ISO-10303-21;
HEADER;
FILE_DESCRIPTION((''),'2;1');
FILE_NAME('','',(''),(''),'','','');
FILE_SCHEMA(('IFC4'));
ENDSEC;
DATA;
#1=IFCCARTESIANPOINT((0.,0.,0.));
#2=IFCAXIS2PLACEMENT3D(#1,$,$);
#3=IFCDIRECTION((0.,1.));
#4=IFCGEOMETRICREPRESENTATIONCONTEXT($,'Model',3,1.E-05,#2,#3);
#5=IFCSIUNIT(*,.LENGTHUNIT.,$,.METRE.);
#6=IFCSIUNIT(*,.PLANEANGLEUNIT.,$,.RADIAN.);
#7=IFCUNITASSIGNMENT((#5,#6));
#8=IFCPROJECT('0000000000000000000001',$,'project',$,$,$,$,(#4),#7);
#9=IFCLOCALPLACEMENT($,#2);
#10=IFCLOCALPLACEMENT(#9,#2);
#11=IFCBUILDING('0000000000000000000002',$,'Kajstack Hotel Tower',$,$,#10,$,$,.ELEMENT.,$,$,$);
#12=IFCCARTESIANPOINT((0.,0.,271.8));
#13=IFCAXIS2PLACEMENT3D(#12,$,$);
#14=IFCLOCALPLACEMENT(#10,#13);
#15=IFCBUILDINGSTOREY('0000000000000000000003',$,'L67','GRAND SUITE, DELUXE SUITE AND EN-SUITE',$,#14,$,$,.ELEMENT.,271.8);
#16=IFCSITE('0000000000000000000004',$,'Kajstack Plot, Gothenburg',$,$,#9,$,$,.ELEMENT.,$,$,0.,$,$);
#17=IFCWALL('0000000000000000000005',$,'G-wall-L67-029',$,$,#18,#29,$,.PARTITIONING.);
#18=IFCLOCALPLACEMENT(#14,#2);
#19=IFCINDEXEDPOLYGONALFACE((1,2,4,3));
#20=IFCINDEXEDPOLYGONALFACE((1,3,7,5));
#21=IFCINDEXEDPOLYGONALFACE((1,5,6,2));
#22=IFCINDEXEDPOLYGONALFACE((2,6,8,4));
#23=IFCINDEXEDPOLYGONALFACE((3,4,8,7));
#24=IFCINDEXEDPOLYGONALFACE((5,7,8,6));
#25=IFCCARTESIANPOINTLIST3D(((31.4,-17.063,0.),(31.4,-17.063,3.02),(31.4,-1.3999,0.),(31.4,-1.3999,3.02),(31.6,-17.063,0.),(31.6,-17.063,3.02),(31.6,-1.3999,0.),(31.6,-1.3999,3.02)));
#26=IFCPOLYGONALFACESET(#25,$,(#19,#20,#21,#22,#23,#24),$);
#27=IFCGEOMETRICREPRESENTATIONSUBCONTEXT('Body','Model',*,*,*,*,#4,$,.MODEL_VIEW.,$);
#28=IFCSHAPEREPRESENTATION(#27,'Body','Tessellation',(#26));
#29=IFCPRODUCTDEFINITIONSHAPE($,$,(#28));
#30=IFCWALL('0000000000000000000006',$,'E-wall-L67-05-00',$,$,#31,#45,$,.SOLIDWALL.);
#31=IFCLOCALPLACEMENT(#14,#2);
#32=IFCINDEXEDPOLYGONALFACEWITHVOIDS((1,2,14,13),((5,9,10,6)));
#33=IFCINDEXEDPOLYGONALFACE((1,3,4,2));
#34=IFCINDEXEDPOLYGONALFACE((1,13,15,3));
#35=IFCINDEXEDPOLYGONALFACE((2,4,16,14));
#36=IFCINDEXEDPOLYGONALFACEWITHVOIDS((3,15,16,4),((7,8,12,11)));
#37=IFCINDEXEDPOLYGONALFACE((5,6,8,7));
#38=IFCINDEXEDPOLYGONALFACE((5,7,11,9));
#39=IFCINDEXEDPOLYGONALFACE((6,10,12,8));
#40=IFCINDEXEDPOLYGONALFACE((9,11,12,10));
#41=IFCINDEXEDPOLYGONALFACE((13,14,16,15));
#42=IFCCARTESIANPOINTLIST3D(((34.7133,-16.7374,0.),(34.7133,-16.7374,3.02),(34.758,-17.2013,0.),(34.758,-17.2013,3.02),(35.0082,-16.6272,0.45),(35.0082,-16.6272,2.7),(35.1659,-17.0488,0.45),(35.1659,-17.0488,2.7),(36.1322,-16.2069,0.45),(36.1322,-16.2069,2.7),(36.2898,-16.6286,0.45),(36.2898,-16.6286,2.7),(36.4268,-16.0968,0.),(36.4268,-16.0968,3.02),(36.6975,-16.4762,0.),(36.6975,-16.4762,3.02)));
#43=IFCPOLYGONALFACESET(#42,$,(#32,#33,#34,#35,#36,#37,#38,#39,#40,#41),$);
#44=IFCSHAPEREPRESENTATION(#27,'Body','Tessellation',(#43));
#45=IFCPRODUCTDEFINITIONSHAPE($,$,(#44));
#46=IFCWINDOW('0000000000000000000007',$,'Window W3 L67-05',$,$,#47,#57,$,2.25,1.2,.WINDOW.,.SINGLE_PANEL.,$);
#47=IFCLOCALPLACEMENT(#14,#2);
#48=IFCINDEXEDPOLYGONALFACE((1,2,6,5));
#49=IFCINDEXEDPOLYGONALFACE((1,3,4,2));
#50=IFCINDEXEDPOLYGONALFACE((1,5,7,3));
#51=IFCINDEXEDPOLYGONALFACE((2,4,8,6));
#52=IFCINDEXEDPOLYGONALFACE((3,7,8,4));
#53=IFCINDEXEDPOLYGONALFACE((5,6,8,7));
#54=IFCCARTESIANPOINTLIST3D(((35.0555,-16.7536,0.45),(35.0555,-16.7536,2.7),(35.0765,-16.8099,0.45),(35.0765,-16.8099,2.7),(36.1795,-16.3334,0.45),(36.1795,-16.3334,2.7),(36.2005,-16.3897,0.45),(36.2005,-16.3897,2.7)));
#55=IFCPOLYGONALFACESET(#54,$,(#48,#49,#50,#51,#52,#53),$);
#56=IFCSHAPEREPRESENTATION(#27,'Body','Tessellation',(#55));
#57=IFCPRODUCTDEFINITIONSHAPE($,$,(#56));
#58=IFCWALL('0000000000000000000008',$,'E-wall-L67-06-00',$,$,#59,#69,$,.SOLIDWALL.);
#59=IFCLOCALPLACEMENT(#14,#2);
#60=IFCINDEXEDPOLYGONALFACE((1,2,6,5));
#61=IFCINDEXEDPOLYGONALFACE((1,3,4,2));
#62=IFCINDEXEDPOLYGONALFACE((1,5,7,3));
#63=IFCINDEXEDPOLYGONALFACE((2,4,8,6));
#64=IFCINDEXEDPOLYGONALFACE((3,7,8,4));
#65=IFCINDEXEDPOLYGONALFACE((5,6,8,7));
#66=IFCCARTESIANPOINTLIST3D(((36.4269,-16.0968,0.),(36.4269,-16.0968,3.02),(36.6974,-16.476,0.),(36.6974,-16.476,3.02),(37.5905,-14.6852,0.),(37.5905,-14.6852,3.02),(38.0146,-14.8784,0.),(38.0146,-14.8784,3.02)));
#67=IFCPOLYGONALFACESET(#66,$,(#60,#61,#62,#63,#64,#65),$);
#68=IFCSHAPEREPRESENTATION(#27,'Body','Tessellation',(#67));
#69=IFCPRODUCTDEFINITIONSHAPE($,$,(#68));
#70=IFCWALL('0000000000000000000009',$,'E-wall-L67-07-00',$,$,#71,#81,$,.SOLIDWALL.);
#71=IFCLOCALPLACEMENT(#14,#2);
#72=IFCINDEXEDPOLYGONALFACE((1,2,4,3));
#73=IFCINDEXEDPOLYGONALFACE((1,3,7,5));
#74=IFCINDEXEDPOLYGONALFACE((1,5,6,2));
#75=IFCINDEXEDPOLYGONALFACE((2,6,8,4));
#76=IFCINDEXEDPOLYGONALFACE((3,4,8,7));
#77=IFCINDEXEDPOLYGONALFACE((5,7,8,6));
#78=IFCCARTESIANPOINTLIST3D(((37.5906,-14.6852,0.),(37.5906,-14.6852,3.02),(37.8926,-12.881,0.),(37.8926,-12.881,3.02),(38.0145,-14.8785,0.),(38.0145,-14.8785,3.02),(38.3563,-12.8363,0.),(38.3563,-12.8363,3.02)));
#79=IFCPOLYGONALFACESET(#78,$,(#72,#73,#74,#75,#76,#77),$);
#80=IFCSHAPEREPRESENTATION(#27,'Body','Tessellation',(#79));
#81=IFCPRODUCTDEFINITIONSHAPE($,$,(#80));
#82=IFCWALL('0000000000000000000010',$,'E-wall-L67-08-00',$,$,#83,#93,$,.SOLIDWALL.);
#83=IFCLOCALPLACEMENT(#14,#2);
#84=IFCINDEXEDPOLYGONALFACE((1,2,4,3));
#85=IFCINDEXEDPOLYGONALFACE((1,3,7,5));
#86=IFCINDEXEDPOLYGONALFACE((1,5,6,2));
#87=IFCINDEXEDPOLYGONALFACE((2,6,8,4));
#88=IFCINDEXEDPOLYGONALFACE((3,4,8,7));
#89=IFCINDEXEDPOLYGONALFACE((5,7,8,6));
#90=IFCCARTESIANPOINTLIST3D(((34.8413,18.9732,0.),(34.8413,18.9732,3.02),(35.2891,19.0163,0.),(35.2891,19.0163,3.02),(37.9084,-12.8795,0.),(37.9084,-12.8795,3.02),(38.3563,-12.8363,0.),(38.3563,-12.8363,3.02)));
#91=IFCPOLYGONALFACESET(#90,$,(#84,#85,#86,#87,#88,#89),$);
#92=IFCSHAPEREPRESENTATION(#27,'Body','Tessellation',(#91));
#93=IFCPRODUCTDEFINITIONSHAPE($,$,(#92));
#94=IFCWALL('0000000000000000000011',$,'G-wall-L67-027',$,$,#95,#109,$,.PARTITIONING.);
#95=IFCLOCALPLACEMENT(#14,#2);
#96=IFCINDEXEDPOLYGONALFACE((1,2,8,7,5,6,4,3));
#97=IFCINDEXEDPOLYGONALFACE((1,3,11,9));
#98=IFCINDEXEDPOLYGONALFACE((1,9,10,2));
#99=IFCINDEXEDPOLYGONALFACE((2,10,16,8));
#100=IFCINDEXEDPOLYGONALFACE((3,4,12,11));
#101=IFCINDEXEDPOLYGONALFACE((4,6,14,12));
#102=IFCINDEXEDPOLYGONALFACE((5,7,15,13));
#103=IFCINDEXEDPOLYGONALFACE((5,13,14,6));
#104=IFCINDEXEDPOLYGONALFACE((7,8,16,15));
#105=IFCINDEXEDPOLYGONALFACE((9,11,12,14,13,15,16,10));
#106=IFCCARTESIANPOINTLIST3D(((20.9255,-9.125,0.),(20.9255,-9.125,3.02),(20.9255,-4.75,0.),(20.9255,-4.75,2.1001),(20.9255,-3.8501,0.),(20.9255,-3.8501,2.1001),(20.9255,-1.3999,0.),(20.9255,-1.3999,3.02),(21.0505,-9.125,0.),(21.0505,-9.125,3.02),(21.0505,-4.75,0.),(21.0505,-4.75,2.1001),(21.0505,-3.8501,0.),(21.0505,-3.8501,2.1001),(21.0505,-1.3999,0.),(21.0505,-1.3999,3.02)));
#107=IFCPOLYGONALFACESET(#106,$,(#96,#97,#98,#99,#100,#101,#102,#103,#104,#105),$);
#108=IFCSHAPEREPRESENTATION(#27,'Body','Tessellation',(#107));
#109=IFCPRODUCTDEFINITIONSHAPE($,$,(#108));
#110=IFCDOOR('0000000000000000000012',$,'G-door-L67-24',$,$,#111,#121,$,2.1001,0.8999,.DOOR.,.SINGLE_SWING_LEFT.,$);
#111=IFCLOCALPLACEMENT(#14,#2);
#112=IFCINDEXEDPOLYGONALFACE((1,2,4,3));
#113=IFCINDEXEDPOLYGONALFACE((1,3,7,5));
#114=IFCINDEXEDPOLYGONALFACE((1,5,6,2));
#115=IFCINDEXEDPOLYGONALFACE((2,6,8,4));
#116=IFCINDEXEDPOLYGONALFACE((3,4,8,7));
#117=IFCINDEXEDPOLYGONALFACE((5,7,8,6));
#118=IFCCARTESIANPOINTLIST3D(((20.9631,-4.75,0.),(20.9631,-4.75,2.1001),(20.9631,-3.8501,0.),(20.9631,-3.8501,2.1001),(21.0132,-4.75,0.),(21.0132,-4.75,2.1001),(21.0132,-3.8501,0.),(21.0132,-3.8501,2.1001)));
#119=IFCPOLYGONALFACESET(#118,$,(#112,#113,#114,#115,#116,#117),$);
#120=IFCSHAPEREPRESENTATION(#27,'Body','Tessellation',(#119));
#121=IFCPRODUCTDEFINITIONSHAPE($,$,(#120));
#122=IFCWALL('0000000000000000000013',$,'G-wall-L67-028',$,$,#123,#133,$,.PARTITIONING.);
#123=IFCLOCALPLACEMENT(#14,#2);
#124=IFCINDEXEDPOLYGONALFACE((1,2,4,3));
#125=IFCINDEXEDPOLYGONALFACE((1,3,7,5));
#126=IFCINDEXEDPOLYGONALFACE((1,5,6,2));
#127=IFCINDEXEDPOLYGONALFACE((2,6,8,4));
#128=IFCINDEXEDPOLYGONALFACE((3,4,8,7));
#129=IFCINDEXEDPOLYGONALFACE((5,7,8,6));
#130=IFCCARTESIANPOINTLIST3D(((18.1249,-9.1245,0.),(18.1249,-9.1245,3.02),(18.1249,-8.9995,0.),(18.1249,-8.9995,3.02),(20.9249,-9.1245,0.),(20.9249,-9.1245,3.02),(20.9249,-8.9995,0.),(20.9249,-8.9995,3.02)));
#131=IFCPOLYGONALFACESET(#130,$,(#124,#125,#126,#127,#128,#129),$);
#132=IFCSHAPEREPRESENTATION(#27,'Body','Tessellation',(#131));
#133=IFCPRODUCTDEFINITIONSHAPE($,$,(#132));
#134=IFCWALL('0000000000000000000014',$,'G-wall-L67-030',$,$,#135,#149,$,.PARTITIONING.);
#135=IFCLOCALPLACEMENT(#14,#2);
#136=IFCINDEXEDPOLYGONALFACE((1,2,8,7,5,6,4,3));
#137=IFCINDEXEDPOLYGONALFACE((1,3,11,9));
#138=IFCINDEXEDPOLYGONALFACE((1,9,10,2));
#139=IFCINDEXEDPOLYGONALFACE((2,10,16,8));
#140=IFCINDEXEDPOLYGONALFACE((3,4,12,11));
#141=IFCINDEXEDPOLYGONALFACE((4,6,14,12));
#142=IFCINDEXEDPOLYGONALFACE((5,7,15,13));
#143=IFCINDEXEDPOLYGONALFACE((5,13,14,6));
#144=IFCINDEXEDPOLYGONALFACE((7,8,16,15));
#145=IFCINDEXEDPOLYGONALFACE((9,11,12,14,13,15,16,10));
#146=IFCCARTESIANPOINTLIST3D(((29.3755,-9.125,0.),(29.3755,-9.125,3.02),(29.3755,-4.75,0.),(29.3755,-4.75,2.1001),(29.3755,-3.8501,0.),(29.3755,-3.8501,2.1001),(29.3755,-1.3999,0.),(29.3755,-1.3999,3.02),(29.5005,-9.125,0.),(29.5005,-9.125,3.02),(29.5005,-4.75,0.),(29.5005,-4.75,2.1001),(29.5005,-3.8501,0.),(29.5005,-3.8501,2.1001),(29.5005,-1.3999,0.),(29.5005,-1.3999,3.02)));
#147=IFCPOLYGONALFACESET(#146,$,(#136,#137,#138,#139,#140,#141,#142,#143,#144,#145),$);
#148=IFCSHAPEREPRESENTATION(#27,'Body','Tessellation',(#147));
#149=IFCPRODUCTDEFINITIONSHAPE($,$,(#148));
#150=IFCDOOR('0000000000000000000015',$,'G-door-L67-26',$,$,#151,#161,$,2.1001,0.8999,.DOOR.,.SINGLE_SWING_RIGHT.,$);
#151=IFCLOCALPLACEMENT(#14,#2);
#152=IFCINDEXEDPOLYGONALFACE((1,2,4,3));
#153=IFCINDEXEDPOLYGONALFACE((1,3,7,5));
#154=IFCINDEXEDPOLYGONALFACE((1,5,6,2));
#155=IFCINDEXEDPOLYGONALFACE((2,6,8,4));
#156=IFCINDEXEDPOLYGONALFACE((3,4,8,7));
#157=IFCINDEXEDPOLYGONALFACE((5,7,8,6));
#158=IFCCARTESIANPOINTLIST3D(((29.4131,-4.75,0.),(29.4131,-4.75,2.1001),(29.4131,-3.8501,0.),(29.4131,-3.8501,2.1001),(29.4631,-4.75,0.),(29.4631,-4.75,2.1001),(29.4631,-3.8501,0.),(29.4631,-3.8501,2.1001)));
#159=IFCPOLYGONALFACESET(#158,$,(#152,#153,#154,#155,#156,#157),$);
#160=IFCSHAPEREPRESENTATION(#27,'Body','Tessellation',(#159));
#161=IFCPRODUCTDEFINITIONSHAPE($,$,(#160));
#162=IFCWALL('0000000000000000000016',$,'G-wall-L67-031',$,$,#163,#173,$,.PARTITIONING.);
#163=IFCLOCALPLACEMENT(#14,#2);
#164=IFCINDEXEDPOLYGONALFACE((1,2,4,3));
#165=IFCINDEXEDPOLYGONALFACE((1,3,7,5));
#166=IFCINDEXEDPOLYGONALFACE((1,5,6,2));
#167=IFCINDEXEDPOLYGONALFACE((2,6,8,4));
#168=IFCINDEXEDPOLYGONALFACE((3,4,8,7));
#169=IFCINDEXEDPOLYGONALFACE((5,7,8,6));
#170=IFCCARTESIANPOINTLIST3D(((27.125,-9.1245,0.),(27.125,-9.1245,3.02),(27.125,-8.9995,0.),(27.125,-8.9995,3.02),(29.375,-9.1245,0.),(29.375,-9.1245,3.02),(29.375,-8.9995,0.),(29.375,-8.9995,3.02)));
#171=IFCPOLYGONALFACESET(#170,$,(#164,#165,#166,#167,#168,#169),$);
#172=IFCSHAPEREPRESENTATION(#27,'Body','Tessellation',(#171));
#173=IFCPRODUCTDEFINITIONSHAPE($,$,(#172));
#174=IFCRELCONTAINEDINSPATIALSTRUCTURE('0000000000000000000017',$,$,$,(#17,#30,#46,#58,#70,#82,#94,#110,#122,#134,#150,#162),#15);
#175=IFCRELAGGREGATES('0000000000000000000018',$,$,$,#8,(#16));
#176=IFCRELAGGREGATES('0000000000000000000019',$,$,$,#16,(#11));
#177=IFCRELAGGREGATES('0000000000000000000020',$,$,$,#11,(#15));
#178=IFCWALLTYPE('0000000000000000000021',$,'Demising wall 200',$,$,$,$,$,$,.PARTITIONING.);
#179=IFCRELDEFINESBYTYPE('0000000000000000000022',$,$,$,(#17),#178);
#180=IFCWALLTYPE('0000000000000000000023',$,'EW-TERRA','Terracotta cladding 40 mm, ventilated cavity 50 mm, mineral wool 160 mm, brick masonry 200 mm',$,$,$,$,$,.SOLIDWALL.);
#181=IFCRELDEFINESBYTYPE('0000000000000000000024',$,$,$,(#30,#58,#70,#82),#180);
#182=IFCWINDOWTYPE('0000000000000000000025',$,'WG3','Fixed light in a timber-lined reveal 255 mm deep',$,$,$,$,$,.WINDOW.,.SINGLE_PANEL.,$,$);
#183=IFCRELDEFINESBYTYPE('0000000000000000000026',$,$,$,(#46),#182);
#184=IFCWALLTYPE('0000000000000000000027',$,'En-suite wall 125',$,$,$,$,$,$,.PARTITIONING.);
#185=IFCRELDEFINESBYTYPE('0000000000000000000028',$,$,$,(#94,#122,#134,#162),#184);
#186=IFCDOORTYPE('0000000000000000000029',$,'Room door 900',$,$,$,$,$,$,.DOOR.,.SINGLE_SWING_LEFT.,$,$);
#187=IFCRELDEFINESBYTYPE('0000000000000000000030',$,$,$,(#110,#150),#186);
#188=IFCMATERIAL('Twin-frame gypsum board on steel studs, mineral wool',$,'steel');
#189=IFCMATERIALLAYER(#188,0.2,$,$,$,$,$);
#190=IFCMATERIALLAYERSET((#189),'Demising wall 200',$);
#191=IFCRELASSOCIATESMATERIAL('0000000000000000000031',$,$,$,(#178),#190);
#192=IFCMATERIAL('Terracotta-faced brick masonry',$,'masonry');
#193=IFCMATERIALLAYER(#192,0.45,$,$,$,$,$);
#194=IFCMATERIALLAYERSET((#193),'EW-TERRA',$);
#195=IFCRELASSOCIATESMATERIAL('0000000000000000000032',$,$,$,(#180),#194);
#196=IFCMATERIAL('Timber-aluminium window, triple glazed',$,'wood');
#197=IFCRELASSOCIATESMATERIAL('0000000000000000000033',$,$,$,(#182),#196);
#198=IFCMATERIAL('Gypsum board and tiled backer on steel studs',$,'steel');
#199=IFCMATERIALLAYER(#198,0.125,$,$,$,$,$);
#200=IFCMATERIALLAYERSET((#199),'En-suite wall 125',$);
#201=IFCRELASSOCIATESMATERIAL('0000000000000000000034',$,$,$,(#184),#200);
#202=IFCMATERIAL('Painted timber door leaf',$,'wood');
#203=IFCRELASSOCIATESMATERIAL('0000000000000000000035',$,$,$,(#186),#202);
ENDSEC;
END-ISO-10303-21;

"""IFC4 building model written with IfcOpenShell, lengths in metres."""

from ifc_helpers import new_model, si_unit, direction, frame, frame_2d, origin, place, context, subcontext, project, spatial, polyline, rectangle, outline, extrude, material, layer, layer_set, type_object, element, fill, save


model = new_model("IFC4")

# Units and contexts
model_context = context("Model", 3, precision=1e-05, world=origin(), true_north=direction((0.0, 1.0)))
body_context = subcontext(model_context, "Body", "Model", "MODEL_VIEW")
ifc_project = project(units=[si_unit("LENGTHUNIT", "METRE"), si_unit("PLANEANGLEUNIT", "RADIAN")], contexts=[model_context])

# Site, building, storey
site_placement = place(None, origin())
site = spatial("IfcSite", under=ifc_project, at=site_placement, Name="Kajstack Plot, Gothenburg", CompositionType="ELEMENT", RefElevation=0.0)
building_placement = place(site_placement, origin())
building = spatial("IfcBuilding", under=site, at=building_placement, Name="Kajstack Hotel Tower", CompositionType="ELEMENT")
storey_placement = place(building_placement, frame((0.0, 0.0, 271.8)))
storey = spatial("IfcBuildingStorey", under=building, at=storey_placement, Name="L67", Description="GRAND SUITE, DELUXE SUITE AND EN-SUITE", CompositionType="ELEMENT", Elevation=271.8)

# Wall
ifc_material_1 = material(Name="Twin-frame gypsum board on steel studs, mineral wool", Category="steel")
ifc_layer_1 = layer(ifc_material_1, 0.2)
ifc_layer_set_1 = layer_set([ifc_layer_1], Name="Demising wall 200")
wall_type_1 = type_object("IfcWallType", Name="Demising wall 200", PredefinedType="PARTITIONING", material=ifc_layer_set_1)
wall_1_placement = place(storey_placement, frame((31.5, -17.063, 0.0), z_axis=(0.0, 0.0, 1.0), x_axis=(0.0, 1.0, 0.0)))
element("IfcWall", 1, at=wall_1_placement, inside=storey, type_object=wall_type_1, Name="G-wall-L67-029", PredefinedType="PARTITIONING", context=body_context, shape_type="SweptSolid", body=[
    extrude(rectangle(XDim=15.6631, YDim=0.2, at=frame_2d((7.8315, 0.0))), origin(), (0.0, 0.0, 1.0), 3.02),
])

# Wall, opening, window
ifc_material_2 = material(Name="Terracotta-faced brick masonry", Category="masonry")
ifc_layer_2 = layer(ifc_material_2, 0.45)
ifc_layer_set_2 = layer_set([ifc_layer_2], Name="EW-TERRA")
wall_type_2 = type_object("IfcWallType", Name="EW-TERRA", Description="Terracotta cladding 40 mm, ventilated cavity 50 mm, mineral wool 160 mm, brick masonry 200 mm", PredefinedType="SOLIDWALL", material=ifc_layer_set_2)
wall_2_placement = place(storey_placement, frame((34.6792, -16.9905, 0.0), z_axis=(0.0, 0.0, 1.0), x_axis=(0.936678, 0.350193, 0.0)))
wall_2 = element("IfcWall", 2, at=wall_2_placement, inside=storey, type_object=wall_type_2, Name="E-wall-L67-05-00", PredefinedType="SOLIDWALL", context=body_context, shape_type="SweptSolid", body=[
    extrude(outline(polyline([(0.0, -0.2251), (2.0706, -0.2251), (1.95, 0.2251), (0.1206, 0.2251), (0.0, -0.2251)])), origin(), (0.0, 0.0, 1.0), 3.02),
])
opening_1_placement = place(wall_2_placement, frame((0.4353, 0.0, 0.45)))
opening_1 = element("IfcOpeningElement", 3, at=opening_1_placement, cuts=wall_2, PredefinedType="OPENING", context=body_context, shape_type="SweptSolid", body=[
    extrude(rectangle(XDim=1.2, YDim=2.25, at=frame_2d((0.6001, 1.125))), frame((0.0, 0.2349, 0.0), z_axis=(0.0, -1.0, 0.0), x_axis=(1.0, 0.0, 0.0)), (0.0, 0.0, 1.0), 0.47),
])
ifc_material_3 = material(Name="Timber-aluminium window, triple glazed", Category="wood")
window_type = type_object("IfcWindowType", Name="WG3", Description="Fixed light in a timber-lined reveal 255 mm deep", PartitioningType="SINGLE_PANEL", PredefinedType="WINDOW", material=ifc_material_3)
window_placement = place(opening_1_placement, origin())
window = element("IfcWindow", 4, at=window_placement, inside=storey, type_object=window_type, Name="Window W3 L67-05", OverallHeight=2.25, OverallWidth=1.2, PartitioningType="SINGLE_PANEL", PredefinedType="WINDOW", context=body_context, shape_type="SweptSolid", body=[
    extrude(rectangle(XDim=1.2, YDim=2.25, at=frame_2d((0.6001, 1.125))), frame((0.0, 0.0901, 0.0), z_axis=(0.0, -1.0, 0.0), x_axis=(1.0, 0.0, 0.0)), (0.0, 0.0, 1.0), 0.0601),
])
fill(opening_1, window)

# Walls
wall_3_placement = place(storey_placement, frame((36.5239, -16.333, 0.0), z_axis=(0.0, 0.0, 1.0), x_axis=(0.636046, 0.771651, 0.0)))
element("IfcWall", 5, at=wall_3_placement, inside=storey, type_object=wall_type_2, Name="E-wall-L67-06-00", PredefinedType="SOLIDWALL", context=body_context, shape_type="SweptSolid", body=[
    extrude(outline(polyline([(0.0, -0.2249), (2.0706, -0.2251), (1.95, 0.2251), (0.1206, 0.2251), (0.0, -0.2249)])), origin(), (0.0, 0.0, 1.0), 3.02),
])
wall_4_placement = place(storey_placement, frame((37.7925, -14.8413, 0.0), z_axis=(0.0, 0.0, 1.0), x_axis=(0.165068, 0.986282, 0.0)))
element("IfcWall", 6, at=wall_4_placement, inside=storey, type_object=wall_type_2, Name="E-wall-L67-07-00", PredefinedType="SOLIDWALL", context=body_context, shape_type="SweptSolid", body=[
    extrude(outline(polyline([(0.0, -0.2251), (2.0706, -0.2251), (1.95, 0.2249), (0.1206, 0.2249), (0.0, -0.2251)])), origin(), (0.0, 0.0, 1.0), 3.02),
])
wall_5_placement = place(storey_placement, frame((38.1323, -12.8579, 0.0), z_axis=(0.0, 0.0, 1.0), x_axis=(-0.095848, 0.995396, 0.0)))
element("IfcWall", 7, at=wall_5_placement, inside=storey, type_object=wall_type_2, Name="E-wall-L67-08-00", PredefinedType="SOLIDWALL", context=body_context, shape_type="SweptSolid", body=[
    extrude(rectangle(XDim=32.0, YDim=0.45, at=frame_2d((16.0, 0.0))), origin(), (0.0, 0.0, 1.0), 3.02),
])

# Wall, opening, door
ifc_material_4 = material(Name="Gypsum board and tiled backer on steel studs", Category="steel")
ifc_layer_3 = layer(ifc_material_4, 0.125)
ifc_layer_set_3 = layer_set([ifc_layer_3], Name="En-suite wall 125")
wall_type_3 = type_object("IfcWallType", Name="En-suite wall 125", PredefinedType="PARTITIONING", material=ifc_layer_set_3)
wall_6_placement = place(storey_placement, frame((20.988, -9.125, 0.0), z_axis=(0.0, 0.0, 1.0), x_axis=(0.0, 1.0, 0.0)))
wall_6 = element("IfcWall", 8, at=wall_6_placement, inside=storey, type_object=wall_type_3, Name="G-wall-L67-027", PredefinedType="PARTITIONING", context=body_context, shape_type="SweptSolid", body=[
    extrude(rectangle(XDim=7.7251, YDim=0.125, at=frame_2d((3.8625, 0.0))), origin(), (0.0, 0.0, 1.0), 3.02),
])
opening_2_placement = place(wall_6_placement, frame((4.375, 0.0, 0.0)))
opening_2 = element("IfcOpeningElement", 9, at=opening_2_placement, cuts=wall_6, PredefinedType="OPENING", context=body_context, shape_type="SweptSolid", body=[
    extrude(rectangle(XDim=0.8999, YDim=2.1001, at=frame_2d((0.45, 1.05))), frame((0.0, 0.0725, 0.0), z_axis=(0.0, -1.0, 0.0), x_axis=(1.0, 0.0, 0.0)), (0.0, 0.0, 1.0), 0.145),
])
ifc_material_5 = material(Name="Painted timber door leaf", Category="wood")
door_type_1 = type_object("IfcDoorType", Name="Room door 900", OperationType="SINGLE_SWING_LEFT", PredefinedType="DOOR", material=ifc_material_5)
door_1_placement = place(opening_2_placement, origin())
door_1 = element("IfcDoor", 10, at=door_1_placement, inside=storey, type_object=door_type_1, Name="G-door-L67-24", OperationType="SINGLE_SWING_LEFT", OverallHeight=2.1001, OverallWidth=0.8999, PredefinedType="DOOR", context=body_context, shape_type="SweptSolid", body=[
    extrude(rectangle(XDim=0.8999, YDim=2.1001, at=frame_2d((0.45, 1.05))), frame((0.0, 0.0249, 0.0), z_axis=(0.0, -1.0, 0.0), x_axis=(1.0, 0.0, 0.0)), (0.0, 0.0, 1.0), 0.05),
])
fill(opening_2, door_1)

# Wall
wall_7_placement = place(storey_placement, frame((18.125, -9.062, 0.0), z_axis=(0.0, 0.0, 1.0), x_axis=(1.0, 0.0, 0.0)))
element("IfcWall", 11, at=wall_7_placement, inside=storey, type_object=wall_type_3, Name="G-wall-L67-028", PredefinedType="PARTITIONING", context=body_context, shape_type="SweptSolid", body=[
    extrude(rectangle(XDim=2.8, YDim=0.125, at=frame_2d((1.3999, 0.0))), origin(), (0.0, 0.0, 1.0), 3.02),
])

# Wall, opening, door
wall_8_placement = place(storey_placement, frame((29.438, -9.125, 0.0), z_axis=(0.0, 0.0, 1.0), x_axis=(0.0, 1.0, 0.0)))
wall_8 = element("IfcWall", 12, at=wall_8_placement, inside=storey, type_object=wall_type_3, Name="G-wall-L67-030", PredefinedType="PARTITIONING", context=body_context, shape_type="SweptSolid", body=[
    extrude(rectangle(XDim=7.7251, YDim=0.125, at=frame_2d((3.8625, 0.0))), origin(), (0.0, 0.0, 1.0), 3.02),
])
opening_3_placement = place(wall_8_placement, frame((4.375, 0.0, 0.0)))
opening_3 = element("IfcOpeningElement", 13, at=opening_3_placement, cuts=wall_8, PredefinedType="OPENING", context=body_context, shape_type="SweptSolid", body=[
    extrude(rectangle(XDim=0.8999, YDim=2.1001, at=frame_2d((0.45, 1.05))), frame((0.0, 0.0725, 0.0), z_axis=(0.0, -1.0, 0.0), x_axis=(1.0, 0.0, 0.0)), (0.0, 0.0, 1.0), 0.145),
])
door_2_placement = place(opening_3_placement, origin())
door_2 = element("IfcDoor", 14, at=door_2_placement, inside=storey, type_object=door_type_1, Name="G-door-L67-26", OperationType="SINGLE_SWING_RIGHT", OverallHeight=2.1001, OverallWidth=0.8999, PredefinedType="DOOR", context=body_context, shape_type="SweptSolid", body=[
    extrude(rectangle(XDim=0.8999, YDim=2.1001, at=frame_2d((0.45, 1.05))), frame((0.0, 0.0249, 0.0), z_axis=(0.0, -1.0, 0.0), x_axis=(1.0, 0.0, 0.0)), (0.0, 0.0, 1.0), 0.05),
])
fill(opening_3, door_2)

# Wall
wall_9_placement = place(storey_placement, frame((27.125, -9.062, 0.0), z_axis=(0.0, 0.0, 1.0), x_axis=(1.0, 0.0, 0.0)))
element("IfcWall", 15, at=wall_9_placement, inside=storey, type_object=wall_type_3, Name="G-wall-L67-031", PredefinedType="PARTITIONING", context=body_context, shape_type="SweptSolid", body=[
    extrude(rectangle(XDim=2.25, YDim=0.125, at=frame_2d((1.125, 0.0))), origin(), (0.0, 0.0, 1.0), 3.02),
])

save(model, "model.ifc")
